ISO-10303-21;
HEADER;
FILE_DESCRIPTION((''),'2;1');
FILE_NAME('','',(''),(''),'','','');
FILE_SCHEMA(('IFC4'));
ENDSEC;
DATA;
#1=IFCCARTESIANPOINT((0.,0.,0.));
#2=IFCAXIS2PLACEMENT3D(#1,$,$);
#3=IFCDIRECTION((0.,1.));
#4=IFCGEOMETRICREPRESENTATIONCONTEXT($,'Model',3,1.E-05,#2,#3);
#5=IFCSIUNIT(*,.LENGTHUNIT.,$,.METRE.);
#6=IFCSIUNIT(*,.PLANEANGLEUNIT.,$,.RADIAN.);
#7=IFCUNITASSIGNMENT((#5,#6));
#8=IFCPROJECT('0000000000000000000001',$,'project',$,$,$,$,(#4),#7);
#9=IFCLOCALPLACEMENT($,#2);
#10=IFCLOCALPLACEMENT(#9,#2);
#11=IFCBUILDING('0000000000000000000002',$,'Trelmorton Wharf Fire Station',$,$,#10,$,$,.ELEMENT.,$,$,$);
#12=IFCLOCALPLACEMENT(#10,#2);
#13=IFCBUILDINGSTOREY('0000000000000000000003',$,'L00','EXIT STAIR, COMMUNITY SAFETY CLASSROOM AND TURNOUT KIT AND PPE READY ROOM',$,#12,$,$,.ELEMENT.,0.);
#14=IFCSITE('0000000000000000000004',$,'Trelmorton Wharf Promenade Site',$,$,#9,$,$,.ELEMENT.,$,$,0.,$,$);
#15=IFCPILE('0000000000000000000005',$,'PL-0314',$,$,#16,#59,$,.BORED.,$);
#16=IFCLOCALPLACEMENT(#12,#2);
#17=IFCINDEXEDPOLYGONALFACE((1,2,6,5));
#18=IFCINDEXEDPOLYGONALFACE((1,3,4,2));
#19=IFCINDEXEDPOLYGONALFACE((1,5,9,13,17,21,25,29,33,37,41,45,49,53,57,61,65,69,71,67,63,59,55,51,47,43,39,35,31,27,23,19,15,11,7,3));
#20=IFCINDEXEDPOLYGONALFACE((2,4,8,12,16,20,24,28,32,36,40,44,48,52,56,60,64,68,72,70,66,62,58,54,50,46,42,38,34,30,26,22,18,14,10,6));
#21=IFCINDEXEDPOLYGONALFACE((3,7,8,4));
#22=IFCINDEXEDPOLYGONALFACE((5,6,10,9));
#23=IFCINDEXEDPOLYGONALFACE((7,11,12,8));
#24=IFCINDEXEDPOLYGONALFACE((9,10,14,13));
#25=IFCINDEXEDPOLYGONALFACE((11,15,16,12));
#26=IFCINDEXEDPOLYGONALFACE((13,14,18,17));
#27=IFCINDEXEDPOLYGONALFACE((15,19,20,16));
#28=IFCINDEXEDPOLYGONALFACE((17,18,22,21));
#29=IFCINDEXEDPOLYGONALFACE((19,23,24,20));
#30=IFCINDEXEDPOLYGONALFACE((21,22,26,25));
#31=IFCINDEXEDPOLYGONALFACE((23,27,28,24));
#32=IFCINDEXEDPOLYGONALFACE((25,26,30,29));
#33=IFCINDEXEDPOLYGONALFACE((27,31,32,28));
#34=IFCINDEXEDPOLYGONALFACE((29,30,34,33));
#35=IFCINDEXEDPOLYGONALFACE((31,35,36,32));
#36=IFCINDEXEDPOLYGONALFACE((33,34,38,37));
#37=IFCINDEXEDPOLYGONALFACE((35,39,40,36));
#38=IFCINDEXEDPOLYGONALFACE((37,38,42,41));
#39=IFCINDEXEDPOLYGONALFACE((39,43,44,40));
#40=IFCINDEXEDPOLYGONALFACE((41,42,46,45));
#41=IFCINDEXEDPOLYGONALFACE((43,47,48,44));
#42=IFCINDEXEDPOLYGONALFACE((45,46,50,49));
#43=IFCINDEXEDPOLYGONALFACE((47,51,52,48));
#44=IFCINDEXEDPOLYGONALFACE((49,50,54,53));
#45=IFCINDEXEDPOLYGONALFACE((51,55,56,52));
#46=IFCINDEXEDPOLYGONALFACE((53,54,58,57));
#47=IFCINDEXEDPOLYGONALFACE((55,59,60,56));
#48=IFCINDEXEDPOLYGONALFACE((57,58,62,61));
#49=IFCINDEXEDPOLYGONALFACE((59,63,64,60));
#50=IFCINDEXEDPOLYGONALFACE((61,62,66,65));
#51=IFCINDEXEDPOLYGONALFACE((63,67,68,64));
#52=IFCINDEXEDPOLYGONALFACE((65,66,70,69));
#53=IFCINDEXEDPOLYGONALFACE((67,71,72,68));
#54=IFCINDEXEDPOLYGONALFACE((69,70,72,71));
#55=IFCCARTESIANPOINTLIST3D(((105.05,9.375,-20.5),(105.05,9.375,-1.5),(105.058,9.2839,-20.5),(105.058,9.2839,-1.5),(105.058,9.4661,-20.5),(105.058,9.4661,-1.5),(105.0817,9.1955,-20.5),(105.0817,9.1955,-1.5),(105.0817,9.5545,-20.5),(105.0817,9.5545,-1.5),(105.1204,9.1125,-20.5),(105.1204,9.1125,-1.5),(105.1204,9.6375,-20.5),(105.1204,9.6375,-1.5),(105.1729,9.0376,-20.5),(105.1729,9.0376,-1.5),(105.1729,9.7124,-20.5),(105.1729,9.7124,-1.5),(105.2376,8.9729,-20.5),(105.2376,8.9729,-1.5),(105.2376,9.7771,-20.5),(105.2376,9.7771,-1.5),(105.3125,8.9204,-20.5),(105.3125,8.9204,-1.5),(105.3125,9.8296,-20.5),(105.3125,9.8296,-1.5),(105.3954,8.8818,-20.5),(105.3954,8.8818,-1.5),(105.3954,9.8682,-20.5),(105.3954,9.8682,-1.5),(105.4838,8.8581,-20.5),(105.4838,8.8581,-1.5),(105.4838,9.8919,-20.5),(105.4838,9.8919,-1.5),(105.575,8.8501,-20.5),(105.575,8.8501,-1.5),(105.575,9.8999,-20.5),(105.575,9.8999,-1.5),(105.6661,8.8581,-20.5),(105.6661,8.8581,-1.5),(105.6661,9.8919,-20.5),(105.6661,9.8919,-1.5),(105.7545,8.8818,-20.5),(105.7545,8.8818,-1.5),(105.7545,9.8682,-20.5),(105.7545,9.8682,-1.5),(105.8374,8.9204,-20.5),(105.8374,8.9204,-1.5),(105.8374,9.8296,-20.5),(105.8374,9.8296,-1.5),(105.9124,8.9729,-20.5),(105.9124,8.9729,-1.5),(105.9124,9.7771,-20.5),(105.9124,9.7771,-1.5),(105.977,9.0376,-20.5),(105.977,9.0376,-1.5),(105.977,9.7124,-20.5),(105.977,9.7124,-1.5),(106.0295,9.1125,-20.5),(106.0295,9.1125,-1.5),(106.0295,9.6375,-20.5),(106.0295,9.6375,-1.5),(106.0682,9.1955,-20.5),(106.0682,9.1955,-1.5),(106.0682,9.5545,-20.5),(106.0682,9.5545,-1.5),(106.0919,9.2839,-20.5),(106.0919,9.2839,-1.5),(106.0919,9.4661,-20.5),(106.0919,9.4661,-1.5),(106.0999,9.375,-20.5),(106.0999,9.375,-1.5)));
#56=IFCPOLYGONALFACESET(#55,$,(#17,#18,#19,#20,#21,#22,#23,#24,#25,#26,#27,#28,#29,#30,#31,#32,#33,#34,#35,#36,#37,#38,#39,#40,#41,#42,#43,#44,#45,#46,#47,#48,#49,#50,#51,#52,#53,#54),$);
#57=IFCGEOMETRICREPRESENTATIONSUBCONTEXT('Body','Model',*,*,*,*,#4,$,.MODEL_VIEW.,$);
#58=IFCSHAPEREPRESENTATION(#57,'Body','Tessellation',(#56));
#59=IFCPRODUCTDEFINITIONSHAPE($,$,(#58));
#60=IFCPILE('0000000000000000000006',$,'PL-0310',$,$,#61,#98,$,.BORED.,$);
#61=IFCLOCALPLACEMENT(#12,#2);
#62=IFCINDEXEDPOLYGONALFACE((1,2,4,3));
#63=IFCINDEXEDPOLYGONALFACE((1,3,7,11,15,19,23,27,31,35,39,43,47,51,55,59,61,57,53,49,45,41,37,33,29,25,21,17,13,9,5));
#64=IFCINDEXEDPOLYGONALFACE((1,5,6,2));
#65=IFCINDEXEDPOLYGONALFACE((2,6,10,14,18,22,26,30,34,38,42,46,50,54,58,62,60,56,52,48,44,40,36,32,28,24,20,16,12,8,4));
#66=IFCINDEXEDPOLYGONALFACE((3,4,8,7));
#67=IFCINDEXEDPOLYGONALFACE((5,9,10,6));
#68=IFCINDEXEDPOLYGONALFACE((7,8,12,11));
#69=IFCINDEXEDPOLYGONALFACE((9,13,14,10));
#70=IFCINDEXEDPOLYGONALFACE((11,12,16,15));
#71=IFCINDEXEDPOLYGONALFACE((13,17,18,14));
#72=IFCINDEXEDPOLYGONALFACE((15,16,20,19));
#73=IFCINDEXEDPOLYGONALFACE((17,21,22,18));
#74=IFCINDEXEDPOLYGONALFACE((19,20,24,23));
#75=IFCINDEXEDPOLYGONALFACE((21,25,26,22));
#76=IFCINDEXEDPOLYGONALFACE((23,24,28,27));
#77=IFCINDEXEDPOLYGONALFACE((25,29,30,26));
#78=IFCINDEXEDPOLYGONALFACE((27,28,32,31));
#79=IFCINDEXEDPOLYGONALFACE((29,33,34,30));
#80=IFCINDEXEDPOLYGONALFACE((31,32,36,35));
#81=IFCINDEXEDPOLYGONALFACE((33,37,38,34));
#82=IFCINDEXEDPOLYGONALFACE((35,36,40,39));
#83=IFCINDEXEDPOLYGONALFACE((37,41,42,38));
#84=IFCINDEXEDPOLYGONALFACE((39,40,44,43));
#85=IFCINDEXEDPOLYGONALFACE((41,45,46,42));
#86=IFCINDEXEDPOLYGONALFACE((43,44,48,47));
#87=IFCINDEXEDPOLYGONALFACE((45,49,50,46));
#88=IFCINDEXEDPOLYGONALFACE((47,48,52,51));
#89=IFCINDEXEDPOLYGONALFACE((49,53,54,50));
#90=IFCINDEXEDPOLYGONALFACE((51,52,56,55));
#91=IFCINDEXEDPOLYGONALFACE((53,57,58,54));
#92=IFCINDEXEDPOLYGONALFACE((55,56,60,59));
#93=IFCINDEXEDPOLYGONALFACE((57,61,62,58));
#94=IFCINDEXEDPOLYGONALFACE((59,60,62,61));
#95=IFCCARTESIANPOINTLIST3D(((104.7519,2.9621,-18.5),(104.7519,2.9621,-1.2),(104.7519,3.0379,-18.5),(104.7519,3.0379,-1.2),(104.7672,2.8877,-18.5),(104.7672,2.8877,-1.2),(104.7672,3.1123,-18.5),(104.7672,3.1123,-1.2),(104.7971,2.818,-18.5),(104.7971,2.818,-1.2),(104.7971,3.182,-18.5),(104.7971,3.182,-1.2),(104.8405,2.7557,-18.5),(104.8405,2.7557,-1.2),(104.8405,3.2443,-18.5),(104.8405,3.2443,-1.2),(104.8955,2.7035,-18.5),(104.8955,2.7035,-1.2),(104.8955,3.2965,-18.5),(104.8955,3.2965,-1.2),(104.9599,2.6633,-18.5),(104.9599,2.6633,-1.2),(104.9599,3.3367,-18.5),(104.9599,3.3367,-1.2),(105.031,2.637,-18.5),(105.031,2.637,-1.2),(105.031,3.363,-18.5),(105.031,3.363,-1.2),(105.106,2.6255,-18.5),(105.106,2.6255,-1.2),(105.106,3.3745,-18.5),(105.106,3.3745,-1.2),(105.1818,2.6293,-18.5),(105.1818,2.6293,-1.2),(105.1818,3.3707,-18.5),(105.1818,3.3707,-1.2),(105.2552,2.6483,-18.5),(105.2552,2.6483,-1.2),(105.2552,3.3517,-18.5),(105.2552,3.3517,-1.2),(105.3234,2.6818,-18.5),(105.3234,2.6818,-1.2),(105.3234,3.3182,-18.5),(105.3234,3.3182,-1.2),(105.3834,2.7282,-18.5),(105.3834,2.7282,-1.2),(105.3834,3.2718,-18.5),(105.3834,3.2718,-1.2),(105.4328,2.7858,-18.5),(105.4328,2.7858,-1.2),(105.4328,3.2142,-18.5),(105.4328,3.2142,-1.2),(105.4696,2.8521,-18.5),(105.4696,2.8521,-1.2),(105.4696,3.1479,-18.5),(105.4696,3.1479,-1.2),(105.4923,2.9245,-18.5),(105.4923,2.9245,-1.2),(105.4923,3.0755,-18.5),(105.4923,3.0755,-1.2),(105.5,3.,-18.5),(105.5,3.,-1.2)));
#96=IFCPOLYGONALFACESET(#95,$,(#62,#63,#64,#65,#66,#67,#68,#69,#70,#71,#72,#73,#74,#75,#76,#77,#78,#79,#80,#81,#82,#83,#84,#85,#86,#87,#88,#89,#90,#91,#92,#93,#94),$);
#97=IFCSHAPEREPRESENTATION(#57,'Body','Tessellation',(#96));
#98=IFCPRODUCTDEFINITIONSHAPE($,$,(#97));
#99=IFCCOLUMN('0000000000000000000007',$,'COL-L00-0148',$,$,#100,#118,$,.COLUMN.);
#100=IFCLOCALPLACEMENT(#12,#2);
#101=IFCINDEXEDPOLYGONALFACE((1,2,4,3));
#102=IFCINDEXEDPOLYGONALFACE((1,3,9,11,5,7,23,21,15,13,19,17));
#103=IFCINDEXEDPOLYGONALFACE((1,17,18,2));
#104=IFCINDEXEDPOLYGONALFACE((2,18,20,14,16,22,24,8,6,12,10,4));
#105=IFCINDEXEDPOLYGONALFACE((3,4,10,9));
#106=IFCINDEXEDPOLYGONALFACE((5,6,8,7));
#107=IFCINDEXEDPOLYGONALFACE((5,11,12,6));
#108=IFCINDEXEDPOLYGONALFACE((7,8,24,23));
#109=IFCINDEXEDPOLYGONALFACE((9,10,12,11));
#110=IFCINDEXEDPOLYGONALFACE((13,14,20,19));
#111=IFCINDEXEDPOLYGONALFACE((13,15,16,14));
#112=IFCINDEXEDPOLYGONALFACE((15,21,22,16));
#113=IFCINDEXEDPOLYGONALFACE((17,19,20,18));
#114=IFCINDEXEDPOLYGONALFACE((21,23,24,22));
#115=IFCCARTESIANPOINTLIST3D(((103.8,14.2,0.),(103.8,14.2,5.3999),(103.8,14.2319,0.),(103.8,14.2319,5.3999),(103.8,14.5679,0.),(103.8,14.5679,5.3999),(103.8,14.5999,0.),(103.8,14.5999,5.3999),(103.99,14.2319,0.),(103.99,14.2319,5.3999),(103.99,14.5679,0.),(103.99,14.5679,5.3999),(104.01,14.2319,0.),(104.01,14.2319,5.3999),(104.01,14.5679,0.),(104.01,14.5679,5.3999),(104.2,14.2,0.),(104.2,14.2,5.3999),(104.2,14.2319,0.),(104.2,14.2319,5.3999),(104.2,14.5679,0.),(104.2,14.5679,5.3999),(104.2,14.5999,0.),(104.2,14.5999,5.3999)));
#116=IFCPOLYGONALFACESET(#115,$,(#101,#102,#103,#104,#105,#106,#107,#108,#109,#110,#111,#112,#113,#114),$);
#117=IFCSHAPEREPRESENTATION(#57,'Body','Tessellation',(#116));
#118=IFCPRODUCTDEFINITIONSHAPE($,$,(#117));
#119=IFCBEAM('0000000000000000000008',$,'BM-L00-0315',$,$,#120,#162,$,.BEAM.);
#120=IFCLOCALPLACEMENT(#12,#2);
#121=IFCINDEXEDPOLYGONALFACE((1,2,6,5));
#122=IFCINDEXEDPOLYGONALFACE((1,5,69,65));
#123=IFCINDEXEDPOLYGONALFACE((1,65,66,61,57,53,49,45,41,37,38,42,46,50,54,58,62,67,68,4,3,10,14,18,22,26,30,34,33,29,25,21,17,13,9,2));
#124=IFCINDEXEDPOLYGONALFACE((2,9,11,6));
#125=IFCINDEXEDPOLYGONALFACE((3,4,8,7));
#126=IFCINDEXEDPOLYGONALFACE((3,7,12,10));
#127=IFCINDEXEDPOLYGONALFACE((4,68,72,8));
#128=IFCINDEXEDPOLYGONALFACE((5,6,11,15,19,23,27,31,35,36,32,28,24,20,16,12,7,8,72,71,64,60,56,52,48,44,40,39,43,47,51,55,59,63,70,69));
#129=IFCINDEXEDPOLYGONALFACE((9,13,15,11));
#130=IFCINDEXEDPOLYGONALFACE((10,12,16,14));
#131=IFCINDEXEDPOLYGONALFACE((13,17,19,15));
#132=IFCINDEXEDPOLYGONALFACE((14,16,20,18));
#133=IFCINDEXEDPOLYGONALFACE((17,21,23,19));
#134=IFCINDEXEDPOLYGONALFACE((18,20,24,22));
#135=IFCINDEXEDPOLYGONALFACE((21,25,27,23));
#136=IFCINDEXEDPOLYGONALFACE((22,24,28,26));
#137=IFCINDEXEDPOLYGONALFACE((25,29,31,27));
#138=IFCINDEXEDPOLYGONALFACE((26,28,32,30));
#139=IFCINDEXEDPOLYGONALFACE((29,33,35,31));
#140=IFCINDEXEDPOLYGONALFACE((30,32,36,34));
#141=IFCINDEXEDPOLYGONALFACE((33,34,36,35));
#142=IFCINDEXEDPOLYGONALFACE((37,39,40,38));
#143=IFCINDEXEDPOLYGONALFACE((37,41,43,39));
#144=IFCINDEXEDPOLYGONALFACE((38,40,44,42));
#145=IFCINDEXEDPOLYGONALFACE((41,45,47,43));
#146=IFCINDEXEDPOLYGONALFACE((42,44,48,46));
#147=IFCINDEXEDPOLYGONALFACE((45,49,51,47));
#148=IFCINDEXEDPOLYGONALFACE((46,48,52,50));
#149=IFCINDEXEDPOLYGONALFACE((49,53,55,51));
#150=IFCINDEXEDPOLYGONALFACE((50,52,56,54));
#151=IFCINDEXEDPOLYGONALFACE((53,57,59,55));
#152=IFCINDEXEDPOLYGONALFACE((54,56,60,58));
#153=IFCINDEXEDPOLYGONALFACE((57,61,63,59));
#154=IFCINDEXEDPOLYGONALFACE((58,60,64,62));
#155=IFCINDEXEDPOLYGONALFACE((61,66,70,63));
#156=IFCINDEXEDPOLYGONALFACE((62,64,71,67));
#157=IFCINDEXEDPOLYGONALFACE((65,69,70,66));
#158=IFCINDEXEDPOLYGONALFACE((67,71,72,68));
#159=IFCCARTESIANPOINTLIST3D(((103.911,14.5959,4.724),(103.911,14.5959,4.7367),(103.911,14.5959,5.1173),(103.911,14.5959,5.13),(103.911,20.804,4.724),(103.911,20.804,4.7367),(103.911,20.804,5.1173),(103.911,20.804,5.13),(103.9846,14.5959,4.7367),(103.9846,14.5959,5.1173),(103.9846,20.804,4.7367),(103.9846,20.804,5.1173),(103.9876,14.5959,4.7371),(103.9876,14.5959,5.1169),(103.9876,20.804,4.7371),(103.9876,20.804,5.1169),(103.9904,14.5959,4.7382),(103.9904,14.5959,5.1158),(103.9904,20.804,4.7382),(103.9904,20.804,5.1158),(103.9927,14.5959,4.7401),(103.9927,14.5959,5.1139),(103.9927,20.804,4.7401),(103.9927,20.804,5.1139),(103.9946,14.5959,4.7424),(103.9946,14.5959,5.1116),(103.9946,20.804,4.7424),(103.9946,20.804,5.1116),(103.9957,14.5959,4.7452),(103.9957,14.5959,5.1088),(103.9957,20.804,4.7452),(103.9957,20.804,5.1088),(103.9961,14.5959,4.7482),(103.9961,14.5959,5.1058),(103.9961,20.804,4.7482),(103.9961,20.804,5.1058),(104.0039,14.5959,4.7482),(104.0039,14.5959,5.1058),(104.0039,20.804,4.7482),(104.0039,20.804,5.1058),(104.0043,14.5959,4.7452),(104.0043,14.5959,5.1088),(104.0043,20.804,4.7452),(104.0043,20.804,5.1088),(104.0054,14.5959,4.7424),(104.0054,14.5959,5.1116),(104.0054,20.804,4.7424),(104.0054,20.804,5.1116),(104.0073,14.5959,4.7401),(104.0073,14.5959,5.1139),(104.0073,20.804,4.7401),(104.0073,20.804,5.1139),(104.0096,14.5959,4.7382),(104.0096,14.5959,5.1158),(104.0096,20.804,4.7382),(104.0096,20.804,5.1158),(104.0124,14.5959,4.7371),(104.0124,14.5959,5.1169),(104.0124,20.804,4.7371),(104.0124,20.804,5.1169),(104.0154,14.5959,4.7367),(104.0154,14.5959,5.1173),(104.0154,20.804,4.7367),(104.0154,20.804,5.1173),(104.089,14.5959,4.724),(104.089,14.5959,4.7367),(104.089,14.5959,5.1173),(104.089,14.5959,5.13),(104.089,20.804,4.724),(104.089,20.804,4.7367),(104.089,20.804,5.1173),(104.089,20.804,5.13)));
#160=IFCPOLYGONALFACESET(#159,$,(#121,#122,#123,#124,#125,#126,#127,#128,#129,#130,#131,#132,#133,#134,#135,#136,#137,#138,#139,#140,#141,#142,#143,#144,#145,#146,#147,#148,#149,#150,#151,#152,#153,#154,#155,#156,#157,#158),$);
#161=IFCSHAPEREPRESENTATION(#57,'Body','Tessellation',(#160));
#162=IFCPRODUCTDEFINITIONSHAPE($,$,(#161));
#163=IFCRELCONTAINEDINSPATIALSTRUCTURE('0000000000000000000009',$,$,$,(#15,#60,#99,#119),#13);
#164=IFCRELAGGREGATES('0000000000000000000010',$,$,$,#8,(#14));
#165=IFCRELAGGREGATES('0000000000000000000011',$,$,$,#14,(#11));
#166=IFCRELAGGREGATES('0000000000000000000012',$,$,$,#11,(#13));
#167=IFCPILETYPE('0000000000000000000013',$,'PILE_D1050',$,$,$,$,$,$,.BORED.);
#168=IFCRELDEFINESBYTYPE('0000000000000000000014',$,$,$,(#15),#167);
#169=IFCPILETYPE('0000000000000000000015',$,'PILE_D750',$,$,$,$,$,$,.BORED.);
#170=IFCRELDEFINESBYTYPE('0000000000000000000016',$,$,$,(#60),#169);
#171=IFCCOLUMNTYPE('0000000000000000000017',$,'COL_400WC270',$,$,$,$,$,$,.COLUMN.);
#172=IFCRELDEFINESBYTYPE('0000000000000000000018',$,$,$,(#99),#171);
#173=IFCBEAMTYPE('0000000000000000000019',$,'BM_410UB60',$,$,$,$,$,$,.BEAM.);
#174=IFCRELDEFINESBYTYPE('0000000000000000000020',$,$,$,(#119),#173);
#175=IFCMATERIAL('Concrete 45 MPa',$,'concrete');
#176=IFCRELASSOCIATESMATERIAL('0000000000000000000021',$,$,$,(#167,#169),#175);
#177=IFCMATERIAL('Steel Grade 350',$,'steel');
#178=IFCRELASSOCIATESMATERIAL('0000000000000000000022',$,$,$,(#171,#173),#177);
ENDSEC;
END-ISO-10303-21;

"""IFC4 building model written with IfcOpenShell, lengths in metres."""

from ifc_helpers import new_model, si_unit, direction, frame, origin, origin_2d, place, context, subcontext, project, spatial, circle, i_section, extrude, material, material_profile, profile_set, type_object, element, save


model = new_model("IFC4")

# Units and contexts
model_context = context("Model", 3, precision=1e-05, world=origin(), true_north=direction((0.0, 1.0)))
body_context = subcontext(model_context, "Body", "Model", "MODEL_VIEW")
ifc_project = project(units=[si_unit("LENGTHUNIT", "METRE"), si_unit("PLANEANGLEUNIT", "RADIAN")], contexts=[model_context])

# Site, building, storey
site_placement = place(None, origin())
site = spatial("IfcSite", under=ifc_project, at=site_placement, Name="Trelmorton Wharf Promenade Site", CompositionType="ELEMENT", RefElevation=0.0)
building_placement = place(site_placement, origin())
building = spatial("IfcBuilding", under=site, at=building_placement, Name="Trelmorton Wharf Fire Station", CompositionType="ELEMENT")
storey_placement = place(building_placement, origin())
storey = spatial("IfcBuildingStorey", under=building, at=storey_placement, Name="L00", Description="EXIT STAIR, COMMUNITY SAFETY CLASSROOM AND TURNOUT KIT AND PPE READY ROOM", CompositionType="ELEMENT", Elevation=0.0)

# Piles
ifc_material_1 = material(Name="Concrete 45 MPa", Category="concrete")
ifc_material_profile_1 = material_profile(ifc_material_1, circle(Radius=0.5249, at=origin_2d()), Name="PILE-D1050")
ifc_profile_set_1 = profile_set([ifc_material_profile_1], Name="Concrete 45 MPa")
pile_type_1 = type_object("IfcPileType", Name="PILE_D1050", PredefinedType="BORED", material=ifc_profile_set_1)
for number, where, z_axis, x_axis, name in (
    (1, (105.575, 9.375, -1.5), (0.0, 0.0, -1.0), (1.0, 0.0, 0.0), "PL-0314"),
):
    element("IfcPile", number, at=place(storey_placement, frame(where, z_axis=z_axis, x_axis=x_axis)), inside=storey, type_object=pile_type_1, Name=name, PredefinedType="BORED", context=body_context, shape_type="SweptSolid", body=[
        extrude(circle(Radius=0.5249, at=origin_2d()), origin(), (0.0, 0.0, 1.0), 19.0),
    ])
ifc_material_profile_2 = material_profile(ifc_material_1, circle(Radius=0.375, at=origin_2d()), Name="PILE-D750")
ifc_profile_set_2 = profile_set([ifc_material_profile_2], Name="Concrete 45 MPa")
pile_type_2 = type_object("IfcPileType", Name="PILE_D750", PredefinedType="BORED", material=ifc_profile_set_2)
pile_placement = place(storey_placement, frame((105.125, 3.0, -1.2), z_axis=(0.0, 0.0, -1.0), x_axis=(1.0, 0.0, 0.0)))
element("IfcPile", 2, at=pile_placement, inside=storey, type_object=pile_type_2, Name="PL-0310", PredefinedType="BORED", context=body_context, shape_type="SweptSolid", body=[
    extrude(circle(Radius=0.375, at=origin_2d()), origin(), (0.0, 0.0, 1.0), 17.3),
])

# Column
ifc_material_2 = material(Name="Steel Grade 350", Category="steel")
ifc_material_profile_3 = material_profile(ifc_material_2, i_section(OverallWidth=0.3999, OverallDepth=0.3999, WebThickness=0.02, FlangeThickness=0.032, at=origin_2d()), Name="400WC270")
ifc_profile_set_3 = profile_set([ifc_material_profile_3], Name="Steel Grade 350")
column_type = type_object("IfcColumnType", Name="COL_400WC270", PredefinedType="COLUMN", material=ifc_profile_set_3)
column_placement = place(storey_placement, frame((104.0, 14.3999, 0.0), z_axis=(0.0, 0.0, 1.0), x_axis=(1.0, 0.0, 0.0)))
element("IfcColumn", 3, at=column_placement, inside=storey, type_object=column_type, Name="COL-L00-0148", PredefinedType="COLUMN", context=body_context, shape_type="SweptSolid", body=[
    extrude(i_section(OverallWidth=0.3999, OverallDepth=0.3999, WebThickness=0.02, FlangeThickness=0.032, at=origin_2d()), origin(), (0.0, 0.0, 1.0), 5.3999),
])

# Beam
ifc_material_profile_4 = material_profile(ifc_material_2, i_section(OverallWidth=0.178, OverallDepth=0.406, WebThickness=0.0078, FlangeThickness=0.0127, FilletRadius=0.0115, at=origin_2d()), Name="410UB59.7")
ifc_profile_set_4 = profile_set([ifc_material_profile_4], Name="Steel Grade 350")
beam_type_1 = type_object("IfcBeamType", Name="BM_410UB60", PredefinedType="BEAM", material=ifc_profile_set_4)
beam_1_placement = place(storey_placement, frame((104.0, 14.5959, 4.927), z_axis=(0.0, 1.0, 0.0), x_axis=(-1.0, 0.0, 0.0)))
element("IfcBeam", 4, at=beam_1_placement, inside=storey, type_object=beam_type_1, Name="BM-L00-0315", PredefinedType="BEAM", context=body_context, shape_type="SweptSolid", body=[
    extrude(i_section(OverallWidth=0.178, OverallDepth=0.406, WebThickness=0.0078, FlangeThickness=0.0127, FilletRadius=0.0115, at=origin_2d()), origin(), (0.0, 0.0, 1.0), 6.208),
])

save(model, "model.ifc")
